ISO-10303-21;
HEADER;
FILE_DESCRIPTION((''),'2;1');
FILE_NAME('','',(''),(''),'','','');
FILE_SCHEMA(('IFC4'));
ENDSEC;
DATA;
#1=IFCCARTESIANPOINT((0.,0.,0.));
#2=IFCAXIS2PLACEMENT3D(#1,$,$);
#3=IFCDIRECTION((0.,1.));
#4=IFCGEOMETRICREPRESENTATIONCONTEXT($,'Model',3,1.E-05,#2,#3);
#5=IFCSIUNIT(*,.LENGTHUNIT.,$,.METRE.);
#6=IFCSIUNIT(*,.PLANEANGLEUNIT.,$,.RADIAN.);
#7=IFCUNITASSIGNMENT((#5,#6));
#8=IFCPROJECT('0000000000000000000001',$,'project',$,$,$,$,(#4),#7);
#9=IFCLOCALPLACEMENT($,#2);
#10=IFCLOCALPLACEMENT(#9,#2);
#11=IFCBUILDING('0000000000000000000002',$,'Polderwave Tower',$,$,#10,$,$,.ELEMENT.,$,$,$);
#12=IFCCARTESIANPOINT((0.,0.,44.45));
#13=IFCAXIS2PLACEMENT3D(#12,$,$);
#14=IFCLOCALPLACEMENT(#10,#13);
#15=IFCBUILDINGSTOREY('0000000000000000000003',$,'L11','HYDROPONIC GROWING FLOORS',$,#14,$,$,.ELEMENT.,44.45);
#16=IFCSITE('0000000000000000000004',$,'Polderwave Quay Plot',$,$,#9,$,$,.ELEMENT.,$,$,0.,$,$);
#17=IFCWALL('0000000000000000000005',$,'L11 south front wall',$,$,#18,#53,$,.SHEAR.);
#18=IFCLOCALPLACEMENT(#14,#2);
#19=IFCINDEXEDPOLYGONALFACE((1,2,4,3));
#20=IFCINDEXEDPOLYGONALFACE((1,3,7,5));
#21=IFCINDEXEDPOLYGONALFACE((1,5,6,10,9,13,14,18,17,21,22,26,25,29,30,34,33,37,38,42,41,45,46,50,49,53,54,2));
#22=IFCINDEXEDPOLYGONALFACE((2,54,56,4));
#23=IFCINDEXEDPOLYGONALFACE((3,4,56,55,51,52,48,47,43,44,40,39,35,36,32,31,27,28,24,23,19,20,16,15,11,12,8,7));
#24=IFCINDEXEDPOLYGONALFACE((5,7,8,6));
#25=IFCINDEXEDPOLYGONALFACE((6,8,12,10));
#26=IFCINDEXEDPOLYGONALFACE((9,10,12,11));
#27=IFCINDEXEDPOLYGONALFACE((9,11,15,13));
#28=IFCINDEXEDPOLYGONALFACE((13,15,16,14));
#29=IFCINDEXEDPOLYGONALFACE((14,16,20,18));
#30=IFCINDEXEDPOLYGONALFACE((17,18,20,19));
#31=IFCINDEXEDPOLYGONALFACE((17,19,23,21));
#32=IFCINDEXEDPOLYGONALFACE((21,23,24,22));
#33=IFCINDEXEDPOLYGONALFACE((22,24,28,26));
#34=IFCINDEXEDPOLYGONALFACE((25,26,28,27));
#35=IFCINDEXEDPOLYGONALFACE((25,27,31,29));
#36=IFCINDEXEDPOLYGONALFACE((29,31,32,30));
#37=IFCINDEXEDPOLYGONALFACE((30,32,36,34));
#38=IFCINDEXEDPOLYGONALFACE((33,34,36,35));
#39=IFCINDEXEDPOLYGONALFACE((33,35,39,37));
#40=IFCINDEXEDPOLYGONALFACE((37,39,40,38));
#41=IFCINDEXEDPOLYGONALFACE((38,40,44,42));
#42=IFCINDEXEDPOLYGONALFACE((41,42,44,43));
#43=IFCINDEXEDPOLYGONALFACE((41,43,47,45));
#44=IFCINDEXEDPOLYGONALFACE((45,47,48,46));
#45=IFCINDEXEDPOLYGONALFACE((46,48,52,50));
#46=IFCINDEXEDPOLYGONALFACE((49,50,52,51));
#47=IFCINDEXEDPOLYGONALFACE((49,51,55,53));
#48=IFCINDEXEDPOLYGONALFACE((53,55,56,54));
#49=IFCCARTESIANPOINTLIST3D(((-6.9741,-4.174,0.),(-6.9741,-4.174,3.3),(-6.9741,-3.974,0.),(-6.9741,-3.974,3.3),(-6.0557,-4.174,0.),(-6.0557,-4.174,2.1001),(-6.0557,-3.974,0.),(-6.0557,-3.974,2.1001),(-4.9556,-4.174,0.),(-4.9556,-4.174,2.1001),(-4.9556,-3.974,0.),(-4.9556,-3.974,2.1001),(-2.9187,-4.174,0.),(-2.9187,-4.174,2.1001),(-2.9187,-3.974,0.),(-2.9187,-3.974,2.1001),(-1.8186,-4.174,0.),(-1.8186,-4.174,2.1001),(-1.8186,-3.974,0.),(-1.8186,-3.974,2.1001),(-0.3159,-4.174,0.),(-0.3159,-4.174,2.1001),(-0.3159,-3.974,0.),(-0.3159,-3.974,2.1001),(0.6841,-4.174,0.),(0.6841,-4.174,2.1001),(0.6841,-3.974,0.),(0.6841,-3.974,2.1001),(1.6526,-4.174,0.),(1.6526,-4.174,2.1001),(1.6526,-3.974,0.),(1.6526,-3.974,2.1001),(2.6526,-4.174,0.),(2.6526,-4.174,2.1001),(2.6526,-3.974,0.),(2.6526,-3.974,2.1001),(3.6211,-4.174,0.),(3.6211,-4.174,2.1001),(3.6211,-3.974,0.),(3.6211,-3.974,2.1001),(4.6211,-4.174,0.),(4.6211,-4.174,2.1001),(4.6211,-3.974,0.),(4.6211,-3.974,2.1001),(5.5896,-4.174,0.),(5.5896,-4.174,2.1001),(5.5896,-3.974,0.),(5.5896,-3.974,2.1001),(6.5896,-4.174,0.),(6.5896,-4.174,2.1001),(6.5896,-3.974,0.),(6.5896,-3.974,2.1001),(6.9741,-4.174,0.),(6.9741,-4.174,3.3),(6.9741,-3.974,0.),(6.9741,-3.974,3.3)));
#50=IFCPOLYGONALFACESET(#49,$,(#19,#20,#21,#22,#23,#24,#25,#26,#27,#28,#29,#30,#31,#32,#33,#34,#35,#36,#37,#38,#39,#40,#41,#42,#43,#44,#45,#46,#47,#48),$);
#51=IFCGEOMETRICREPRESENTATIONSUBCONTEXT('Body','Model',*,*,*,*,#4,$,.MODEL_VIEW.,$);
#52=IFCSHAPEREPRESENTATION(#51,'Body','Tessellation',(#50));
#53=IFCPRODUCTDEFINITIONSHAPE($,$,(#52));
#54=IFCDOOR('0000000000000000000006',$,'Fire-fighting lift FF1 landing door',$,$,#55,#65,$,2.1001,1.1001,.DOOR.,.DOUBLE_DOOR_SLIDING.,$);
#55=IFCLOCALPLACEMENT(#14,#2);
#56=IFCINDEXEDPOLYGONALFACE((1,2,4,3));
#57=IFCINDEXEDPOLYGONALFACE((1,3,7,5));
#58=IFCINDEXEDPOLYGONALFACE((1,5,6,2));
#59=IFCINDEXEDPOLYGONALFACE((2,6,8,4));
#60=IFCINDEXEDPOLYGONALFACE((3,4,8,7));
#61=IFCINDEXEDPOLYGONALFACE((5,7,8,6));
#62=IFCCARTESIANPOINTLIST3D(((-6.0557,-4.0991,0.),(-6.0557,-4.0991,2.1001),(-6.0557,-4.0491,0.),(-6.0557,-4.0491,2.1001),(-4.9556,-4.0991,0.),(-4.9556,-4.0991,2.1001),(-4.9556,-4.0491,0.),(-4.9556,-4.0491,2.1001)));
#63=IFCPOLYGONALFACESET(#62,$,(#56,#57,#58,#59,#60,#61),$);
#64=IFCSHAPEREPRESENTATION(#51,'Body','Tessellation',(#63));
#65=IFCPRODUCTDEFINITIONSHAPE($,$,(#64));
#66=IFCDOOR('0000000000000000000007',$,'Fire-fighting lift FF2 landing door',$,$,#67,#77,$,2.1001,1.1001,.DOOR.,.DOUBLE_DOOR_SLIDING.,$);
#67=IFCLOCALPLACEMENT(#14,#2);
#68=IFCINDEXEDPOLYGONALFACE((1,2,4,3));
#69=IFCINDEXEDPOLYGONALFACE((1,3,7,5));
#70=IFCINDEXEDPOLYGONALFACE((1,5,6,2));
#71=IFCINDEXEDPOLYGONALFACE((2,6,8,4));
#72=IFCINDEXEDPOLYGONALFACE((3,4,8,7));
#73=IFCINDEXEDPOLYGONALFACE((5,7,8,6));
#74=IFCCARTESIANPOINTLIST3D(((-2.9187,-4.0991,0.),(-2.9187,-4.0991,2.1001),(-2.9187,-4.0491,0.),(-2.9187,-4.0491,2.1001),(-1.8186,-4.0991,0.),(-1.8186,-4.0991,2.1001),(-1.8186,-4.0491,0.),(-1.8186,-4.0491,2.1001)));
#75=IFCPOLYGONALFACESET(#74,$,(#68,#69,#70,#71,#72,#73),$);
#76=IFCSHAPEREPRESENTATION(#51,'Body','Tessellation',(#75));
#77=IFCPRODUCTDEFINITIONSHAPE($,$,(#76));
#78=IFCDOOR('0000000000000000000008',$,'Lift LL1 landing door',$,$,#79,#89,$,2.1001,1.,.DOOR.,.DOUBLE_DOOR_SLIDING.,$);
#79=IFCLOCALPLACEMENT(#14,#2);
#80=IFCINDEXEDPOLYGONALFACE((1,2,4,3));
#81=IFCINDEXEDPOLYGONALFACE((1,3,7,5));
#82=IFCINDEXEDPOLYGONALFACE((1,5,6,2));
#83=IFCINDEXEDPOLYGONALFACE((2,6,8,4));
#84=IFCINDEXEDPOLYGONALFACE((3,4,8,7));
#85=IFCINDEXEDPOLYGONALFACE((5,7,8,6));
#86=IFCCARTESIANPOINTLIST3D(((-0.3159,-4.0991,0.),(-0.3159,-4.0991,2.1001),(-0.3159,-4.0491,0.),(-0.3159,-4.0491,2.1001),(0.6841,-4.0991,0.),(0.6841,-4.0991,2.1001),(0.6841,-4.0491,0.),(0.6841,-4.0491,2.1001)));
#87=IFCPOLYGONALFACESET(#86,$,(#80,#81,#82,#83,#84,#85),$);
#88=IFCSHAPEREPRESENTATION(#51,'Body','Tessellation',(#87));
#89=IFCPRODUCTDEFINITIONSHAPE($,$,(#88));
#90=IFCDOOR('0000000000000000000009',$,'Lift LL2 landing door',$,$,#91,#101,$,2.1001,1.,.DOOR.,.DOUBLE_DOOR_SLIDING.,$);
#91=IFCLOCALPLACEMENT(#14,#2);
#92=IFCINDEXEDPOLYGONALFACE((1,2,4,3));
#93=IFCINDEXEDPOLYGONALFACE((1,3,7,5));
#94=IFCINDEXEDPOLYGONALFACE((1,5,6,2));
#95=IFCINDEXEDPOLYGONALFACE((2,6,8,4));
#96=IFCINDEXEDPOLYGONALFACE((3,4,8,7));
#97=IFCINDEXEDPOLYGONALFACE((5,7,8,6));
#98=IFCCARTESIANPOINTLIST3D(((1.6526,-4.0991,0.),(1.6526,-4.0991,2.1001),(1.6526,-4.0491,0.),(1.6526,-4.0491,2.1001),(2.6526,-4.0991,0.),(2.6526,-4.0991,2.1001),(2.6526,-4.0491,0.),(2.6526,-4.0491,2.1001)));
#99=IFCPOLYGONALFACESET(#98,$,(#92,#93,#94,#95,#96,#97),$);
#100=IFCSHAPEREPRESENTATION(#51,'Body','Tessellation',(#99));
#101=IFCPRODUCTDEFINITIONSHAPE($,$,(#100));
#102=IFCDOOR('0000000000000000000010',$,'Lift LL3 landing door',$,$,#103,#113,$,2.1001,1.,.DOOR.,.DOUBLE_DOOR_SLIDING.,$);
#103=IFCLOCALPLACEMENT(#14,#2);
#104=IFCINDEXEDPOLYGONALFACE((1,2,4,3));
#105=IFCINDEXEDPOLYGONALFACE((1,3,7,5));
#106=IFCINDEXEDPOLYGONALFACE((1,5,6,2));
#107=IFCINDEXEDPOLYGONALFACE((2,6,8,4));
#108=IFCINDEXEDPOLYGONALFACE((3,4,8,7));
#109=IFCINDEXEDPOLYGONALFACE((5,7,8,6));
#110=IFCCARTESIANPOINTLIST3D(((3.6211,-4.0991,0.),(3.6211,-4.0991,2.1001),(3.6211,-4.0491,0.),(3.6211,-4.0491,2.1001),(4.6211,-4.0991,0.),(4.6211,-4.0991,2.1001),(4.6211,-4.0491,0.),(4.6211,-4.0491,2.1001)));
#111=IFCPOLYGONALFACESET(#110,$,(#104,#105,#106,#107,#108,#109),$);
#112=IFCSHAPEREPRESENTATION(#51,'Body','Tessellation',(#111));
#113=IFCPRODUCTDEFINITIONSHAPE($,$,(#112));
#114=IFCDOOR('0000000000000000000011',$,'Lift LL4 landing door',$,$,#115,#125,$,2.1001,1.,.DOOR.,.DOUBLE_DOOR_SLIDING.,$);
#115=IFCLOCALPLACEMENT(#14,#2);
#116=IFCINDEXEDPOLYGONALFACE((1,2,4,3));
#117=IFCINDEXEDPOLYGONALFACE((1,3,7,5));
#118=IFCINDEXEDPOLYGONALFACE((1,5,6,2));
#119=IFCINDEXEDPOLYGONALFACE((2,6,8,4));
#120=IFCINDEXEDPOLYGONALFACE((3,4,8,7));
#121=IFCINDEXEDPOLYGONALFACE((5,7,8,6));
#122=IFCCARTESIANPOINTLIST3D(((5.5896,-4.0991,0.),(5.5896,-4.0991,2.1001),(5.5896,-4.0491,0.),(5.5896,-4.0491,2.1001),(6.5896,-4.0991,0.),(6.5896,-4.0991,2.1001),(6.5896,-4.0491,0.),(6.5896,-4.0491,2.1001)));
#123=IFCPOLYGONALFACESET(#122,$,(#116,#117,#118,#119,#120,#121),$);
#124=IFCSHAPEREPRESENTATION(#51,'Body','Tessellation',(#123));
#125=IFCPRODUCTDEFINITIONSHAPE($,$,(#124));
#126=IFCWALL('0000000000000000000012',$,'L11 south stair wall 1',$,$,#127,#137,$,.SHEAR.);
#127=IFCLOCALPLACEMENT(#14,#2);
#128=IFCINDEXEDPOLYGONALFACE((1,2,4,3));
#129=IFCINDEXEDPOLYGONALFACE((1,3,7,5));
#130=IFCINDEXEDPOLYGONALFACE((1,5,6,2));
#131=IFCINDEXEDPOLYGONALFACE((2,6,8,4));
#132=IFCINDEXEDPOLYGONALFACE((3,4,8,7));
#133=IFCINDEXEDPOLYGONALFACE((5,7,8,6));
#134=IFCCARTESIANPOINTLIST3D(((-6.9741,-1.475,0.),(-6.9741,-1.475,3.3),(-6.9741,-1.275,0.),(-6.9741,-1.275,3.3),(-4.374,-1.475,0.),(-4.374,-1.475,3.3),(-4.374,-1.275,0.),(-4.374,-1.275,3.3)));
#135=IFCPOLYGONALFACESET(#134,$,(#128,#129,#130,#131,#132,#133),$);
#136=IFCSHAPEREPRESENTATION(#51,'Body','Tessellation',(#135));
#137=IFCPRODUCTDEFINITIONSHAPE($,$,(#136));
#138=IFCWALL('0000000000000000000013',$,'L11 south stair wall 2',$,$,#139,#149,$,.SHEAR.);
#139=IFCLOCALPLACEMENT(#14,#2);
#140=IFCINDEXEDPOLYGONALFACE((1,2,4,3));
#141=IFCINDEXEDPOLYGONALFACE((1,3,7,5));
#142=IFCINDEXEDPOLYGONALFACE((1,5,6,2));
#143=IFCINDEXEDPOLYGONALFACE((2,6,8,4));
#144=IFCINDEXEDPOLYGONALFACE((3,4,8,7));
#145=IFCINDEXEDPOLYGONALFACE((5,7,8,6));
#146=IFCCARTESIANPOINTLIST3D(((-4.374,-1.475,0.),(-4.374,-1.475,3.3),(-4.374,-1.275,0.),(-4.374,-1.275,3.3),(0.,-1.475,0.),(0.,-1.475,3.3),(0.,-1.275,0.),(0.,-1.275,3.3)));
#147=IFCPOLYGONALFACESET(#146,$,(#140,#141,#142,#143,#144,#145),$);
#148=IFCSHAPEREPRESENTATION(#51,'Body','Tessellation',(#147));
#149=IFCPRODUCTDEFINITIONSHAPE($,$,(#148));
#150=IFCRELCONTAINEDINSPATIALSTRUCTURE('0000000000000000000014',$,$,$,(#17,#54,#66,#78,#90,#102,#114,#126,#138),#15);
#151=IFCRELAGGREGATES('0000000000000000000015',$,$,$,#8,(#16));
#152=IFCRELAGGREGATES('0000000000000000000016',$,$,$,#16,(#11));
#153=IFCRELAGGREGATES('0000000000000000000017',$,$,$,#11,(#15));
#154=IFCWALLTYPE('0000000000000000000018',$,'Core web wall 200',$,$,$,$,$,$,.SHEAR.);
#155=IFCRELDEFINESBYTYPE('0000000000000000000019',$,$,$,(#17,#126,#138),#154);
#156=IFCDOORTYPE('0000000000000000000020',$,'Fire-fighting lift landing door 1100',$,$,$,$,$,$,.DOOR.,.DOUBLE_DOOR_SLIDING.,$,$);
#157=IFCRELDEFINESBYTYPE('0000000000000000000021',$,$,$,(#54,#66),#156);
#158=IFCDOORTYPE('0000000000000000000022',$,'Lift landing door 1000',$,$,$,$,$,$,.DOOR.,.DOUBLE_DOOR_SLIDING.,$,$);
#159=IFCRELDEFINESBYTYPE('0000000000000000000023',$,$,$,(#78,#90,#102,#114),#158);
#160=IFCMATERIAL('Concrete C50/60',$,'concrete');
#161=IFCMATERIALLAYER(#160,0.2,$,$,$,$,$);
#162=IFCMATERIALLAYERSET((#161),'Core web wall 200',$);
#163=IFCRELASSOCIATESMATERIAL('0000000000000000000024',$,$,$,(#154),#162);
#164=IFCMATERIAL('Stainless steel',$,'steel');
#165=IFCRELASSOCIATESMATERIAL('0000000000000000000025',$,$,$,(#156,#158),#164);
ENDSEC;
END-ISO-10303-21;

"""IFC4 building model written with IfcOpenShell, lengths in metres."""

from ifc_helpers import new_model, si_unit, direction, frame, frame_2d, origin, place, context, subcontext, project, spatial, rectangle, extrude, material, layer, layer_set, type_object, element, fill, save


model = new_model("IFC4")

# Units and contexts
model_context = context("Model", 3, precision=1e-05, world=origin(), true_north=direction((0.0, 1.0)))
body_context = subcontext(model_context, "Body", "Model", "MODEL_VIEW")
ifc_project = project(units=[si_unit("LENGTHUNIT", "METRE"), si_unit("PLANEANGLEUNIT", "RADIAN")], contexts=[model_context])

# Site, building, storey
site_placement = place(None, origin())
site = spatial("IfcSite", under=ifc_project, at=site_placement, Name="Polderwave Quay Plot", CompositionType="ELEMENT", RefElevation=0.0)
building_placement = place(site_placement, origin())
building = spatial("IfcBuilding", under=site, at=building_placement, Name="Polderwave Tower", CompositionType="ELEMENT")
storey_placement = place(building_placement, frame((0.0, 0.0, 44.45)))
storey = spatial("IfcBuildingStorey", under=building, at=storey_placement, Name="L11", Description="HYDROPONIC GROWING FLOORS", CompositionType="ELEMENT", Elevation=44.45)

# Wall, openings, doors
ifc_material_1 = material(Name="Concrete C50/60", Category="concrete")
ifc_layer_1 = layer(ifc_material_1, 0.2)
ifc_layer_set_1 = layer_set([ifc_layer_1], Name="Core web wall 200")
wall_type_1 = type_object("IfcWallType", Name="Core web wall 200", PredefinedType="SHEAR", material=ifc_layer_set_1)
wall_1_placement = place(storey_placement, frame((-6.9741, -4.074, 0.0), z_axis=(0.0, 0.0, 1.0), x_axis=(1.0, 0.0, 0.0)))
wall_1 = element("IfcWall", 1, at=wall_1_placement, inside=storey, type_object=wall_type_1, Name="L11 south front wall", PredefinedType="SHEAR", context=body_context, shape_type="SweptSolid", body=[
    extrude(rectangle(XDim=13.9482, YDim=0.2, at=frame_2d((6.9741, 0.0))), origin(), (0.0, 0.0, 1.0), 3.3),
])
opening_1_placement = place(wall_1_placement, frame((0.9185, 0.0, 0.0)))
opening_1 = element("IfcOpeningElement", 2, at=opening_1_placement, cuts=wall_1, PredefinedType="OPENING", context=body_context, shape_type="SweptSolid", body=[
    extrude(rectangle(XDim=1.1001, YDim=2.1001, at=frame_2d((0.55, 1.05))), frame((0.0, 0.1099, 0.0), z_axis=(0.0, -1.0, 0.0), x_axis=(1.0, 0.0, 0.0)), (0.0, 0.0, 1.0), 0.22),
])
opening_2_placement = place(wall_1_placement, frame((4.0554, 0.0, 0.0)))
opening_2 = element("IfcOpeningElement", 3, at=opening_2_placement, cuts=wall_1, PredefinedType="OPENING", context=body_context, shape_type="SweptSolid", body=[
    extrude(rectangle(XDim=1.1001, YDim=2.1001, at=frame_2d((0.55, 1.05))), frame((0.0, 0.1099, 0.0), z_axis=(0.0, -1.0, 0.0), x_axis=(1.0, 0.0, 0.0)), (0.0, 0.0, 1.0), 0.22),
])
opening_3_placement = place(wall_1_placement, frame((6.6582, 0.0, 0.0)))
opening_3 = element("IfcOpeningElement", 4, at=opening_3_placement, cuts=wall_1, PredefinedType="OPENING", context=body_context, shape_type="SweptSolid", body=[
    extrude(rectangle(XDim=1.0, YDim=2.1001, at=frame_2d((0.5, 1.05))), frame((0.0, 0.1099, 0.0), z_axis=(0.0, -1.0, 0.0), x_axis=(1.0, 0.0, 0.0)), (0.0, 0.0, 1.0), 0.22),
])
opening_4_placement = place(wall_1_placement, frame((8.6267, 0.0, 0.0)))
opening_4 = element("IfcOpeningElement", 5, at=opening_4_placement, cuts=wall_1, PredefinedType="OPENING", context=body_context, shape_type="SweptSolid", body=[
    extrude(rectangle(XDim=1.0, YDim=2.1001, at=frame_2d((0.5, 1.05))), frame((0.0, 0.1099, 0.0), z_axis=(0.0, -1.0, 0.0), x_axis=(1.0, 0.0, 0.0)), (0.0, 0.0, 1.0), 0.22),
])
opening_5_placement = place(wall_1_placement, frame((10.5952, 0.0, 0.0)))
opening_5 = element("IfcOpeningElement", 6, at=opening_5_placement, cuts=wall_1, PredefinedType="OPENING", context=body_context, shape_type="SweptSolid", body=[
    extrude(rectangle(XDim=1.0, YDim=2.1001, at=frame_2d((0.5, 1.05))), frame((0.0, 0.1099, 0.0), z_axis=(0.0, -1.0, 0.0), x_axis=(1.0, 0.0, 0.0)), (0.0, 0.0, 1.0), 0.22),
])
opening_6_placement = place(wall_1_placement, frame((12.5637, 0.0, 0.0)))
opening_6 = element("IfcOpeningElement", 7, at=opening_6_placement, cuts=wall_1, PredefinedType="OPENING", context=body_context, shape_type="SweptSolid", body=[
    extrude(rectangle(XDim=1.0, YDim=2.1001, at=frame_2d((0.5, 1.05))), frame((0.0, 0.1099, 0.0), z_axis=(0.0, -1.0, 0.0), x_axis=(1.0, 0.0, 0.0)), (0.0, 0.0, 1.0), 0.22),
])
ifc_material_2 = material(Name="Stainless steel", Category="steel")
door_type_1 = type_object("IfcDoorType", Name="Fire-fighting lift landing door 1100", OperationType="DOUBLE_DOOR_SLIDING", PredefinedType="DOOR", material=ifc_material_2)
door_1_placement = place(opening_1_placement, origin())
door_1 = element("IfcDoor", 8, at=door_1_placement, inside=storey, type_object=door_type_1, Name="Fire-fighting lift FF1 landing door", OperationType="DOUBLE_DOOR_SLIDING", OverallHeight=2.1001, OverallWidth=1.1001, PredefinedType="DOOR", context=body_context, shape_type="SweptSolid", body=[
    extrude(rectangle(XDim=1.1001, YDim=2.1001, at=frame_2d((0.55, 1.05))), frame((0.0, 0.0249, 0.0), z_axis=(0.0, -1.0, 0.0), x_axis=(1.0, 0.0, 0.0)), (0.0, 0.0, 1.0), 0.05),
])
fill(opening_1, door_1)
door_2_placement = place(opening_2_placement, origin())
door_2 = element("IfcDoor", 9, at=door_2_placement, inside=storey, type_object=door_type_1, Name="Fire-fighting lift FF2 landing door", OperationType="DOUBLE_DOOR_SLIDING", OverallHeight=2.1001, OverallWidth=1.1001, PredefinedType="DOOR", context=body_context, shape_type="SweptSolid", body=[
    extrude(rectangle(XDim=1.1001, YDim=2.1001, at=frame_2d((0.55, 1.05))), frame((0.0, 0.0249, 0.0), z_axis=(0.0, -1.0, 0.0), x_axis=(1.0, 0.0, 0.0)), (0.0, 0.0, 1.0), 0.05),
])
fill(opening_2, door_2)
door_type_2 = type_object("IfcDoorType", Name="Lift landing door 1000", OperationType="DOUBLE_DOOR_SLIDING", PredefinedType="DOOR", material=ifc_material_2)
door_3_placement = place(opening_3_placement, origin())
door_3 = element("IfcDoor", 10, at=door_3_placement, inside=storey, type_object=door_type_2, Name="Lift LL1 landing door", OperationType="DOUBLE_DOOR_SLIDING", OverallHeight=2.1001, OverallWidth=1.0, PredefinedType="DOOR", context=body_context, shape_type="SweptSolid", body=[
    extrude(rectangle(XDim=1.0, YDim=2.1001, at=frame_2d((0.5, 1.05))), frame((0.0, 0.0249, 0.0), z_axis=(0.0, -1.0, 0.0), x_axis=(1.0, 0.0, 0.0)), (0.0, 0.0, 1.0), 0.05),
])
fill(opening_3, door_3)
door_4_placement = place(opening_4_placement, origin())
door_4 = element("IfcDoor", 11, at=door_4_placement, inside=storey, type_object=door_type_2, Name="Lift LL2 landing door", OperationType="DOUBLE_DOOR_SLIDING", OverallHeight=2.1001, OverallWidth=1.0, PredefinedType="DOOR", context=body_context, shape_type="SweptSolid", body=[
    extrude(rectangle(XDim=1.0, YDim=2.1001, at=frame_2d((0.5, 1.05))), frame((0.0, 0.0249, 0.0), z_axis=(0.0, -1.0, 0.0), x_axis=(1.0, 0.0, 0.0)), (0.0, 0.0, 1.0), 0.05),
])
fill(opening_4, door_4)
door_5_placement = place(opening_5_placement, origin())
door_5 = element("IfcDoor", 12, at=door_5_placement, inside=storey, type_object=door_type_2, Name="Lift LL3 landing door", OperationType="DOUBLE_DOOR_SLIDING", OverallHeight=2.1001, OverallWidth=1.0, PredefinedType="DOOR", context=body_context, shape_type="SweptSolid", body=[
    extrude(rectangle(XDim=1.0, YDim=2.1001, at=frame_2d((0.5, 1.05))), frame((0.0, 0.0249, 0.0), z_axis=(0.0, -1.0, 0.0), x_axis=(1.0, 0.0, 0.0)), (0.0, 0.0, 1.0), 0.05),
])
fill(opening_5, door_5)
door_6_placement = place(opening_6_placement, origin())
door_6 = element("IfcDoor", 13, at=door_6_placement, inside=storey, type_object=door_type_2, Name="Lift LL4 landing door", OperationType="DOUBLE_DOOR_SLIDING", OverallHeight=2.1001, OverallWidth=1.0, PredefinedType="DOOR", context=body_context, shape_type="SweptSolid", body=[
    extrude(rectangle(XDim=1.0, YDim=2.1001, at=frame_2d((0.5, 1.05))), frame((0.0, 0.0249, 0.0), z_axis=(0.0, -1.0, 0.0), x_axis=(1.0, 0.0, 0.0)), (0.0, 0.0, 1.0), 0.05),
])
fill(opening_6, door_6)

# Walls
wall_2_placement = place(storey_placement, frame((-6.9741, -1.375, 0.0), z_axis=(0.0, 0.0, 1.0), x_axis=(1.0, 0.0, 0.0)))
element("IfcWall", 14, at=wall_2_placement, inside=storey, type_object=wall_type_1, Name="L11 south stair wall 1", PredefinedType="SHEAR", context=body_context, shape_type="SweptSolid", body=[
    extrude(rectangle(XDim=2.6001, YDim=0.2, at=frame_2d((1.3, 0.0))), origin(), (0.0, 0.0, 1.0), 3.3),
])
wall_3_placement = place(storey_placement, frame((-4.374, -1.375, 0.0), z_axis=(0.0, 0.0, 1.0), x_axis=(1.0, 0.0, 0.0)))
element("IfcWall", 15, at=wall_3_placement, inside=storey, type_object=wall_type_1, Name="L11 south stair wall 2", PredefinedType="SHEAR", context=body_context, shape_type="SweptSolid", body=[
    extrude(rectangle(XDim=4.374, YDim=0.2, at=frame_2d((2.187, 0.0))), origin(), (0.0, 0.0, 1.0), 3.3),
])

save(model, "model.ifc")
